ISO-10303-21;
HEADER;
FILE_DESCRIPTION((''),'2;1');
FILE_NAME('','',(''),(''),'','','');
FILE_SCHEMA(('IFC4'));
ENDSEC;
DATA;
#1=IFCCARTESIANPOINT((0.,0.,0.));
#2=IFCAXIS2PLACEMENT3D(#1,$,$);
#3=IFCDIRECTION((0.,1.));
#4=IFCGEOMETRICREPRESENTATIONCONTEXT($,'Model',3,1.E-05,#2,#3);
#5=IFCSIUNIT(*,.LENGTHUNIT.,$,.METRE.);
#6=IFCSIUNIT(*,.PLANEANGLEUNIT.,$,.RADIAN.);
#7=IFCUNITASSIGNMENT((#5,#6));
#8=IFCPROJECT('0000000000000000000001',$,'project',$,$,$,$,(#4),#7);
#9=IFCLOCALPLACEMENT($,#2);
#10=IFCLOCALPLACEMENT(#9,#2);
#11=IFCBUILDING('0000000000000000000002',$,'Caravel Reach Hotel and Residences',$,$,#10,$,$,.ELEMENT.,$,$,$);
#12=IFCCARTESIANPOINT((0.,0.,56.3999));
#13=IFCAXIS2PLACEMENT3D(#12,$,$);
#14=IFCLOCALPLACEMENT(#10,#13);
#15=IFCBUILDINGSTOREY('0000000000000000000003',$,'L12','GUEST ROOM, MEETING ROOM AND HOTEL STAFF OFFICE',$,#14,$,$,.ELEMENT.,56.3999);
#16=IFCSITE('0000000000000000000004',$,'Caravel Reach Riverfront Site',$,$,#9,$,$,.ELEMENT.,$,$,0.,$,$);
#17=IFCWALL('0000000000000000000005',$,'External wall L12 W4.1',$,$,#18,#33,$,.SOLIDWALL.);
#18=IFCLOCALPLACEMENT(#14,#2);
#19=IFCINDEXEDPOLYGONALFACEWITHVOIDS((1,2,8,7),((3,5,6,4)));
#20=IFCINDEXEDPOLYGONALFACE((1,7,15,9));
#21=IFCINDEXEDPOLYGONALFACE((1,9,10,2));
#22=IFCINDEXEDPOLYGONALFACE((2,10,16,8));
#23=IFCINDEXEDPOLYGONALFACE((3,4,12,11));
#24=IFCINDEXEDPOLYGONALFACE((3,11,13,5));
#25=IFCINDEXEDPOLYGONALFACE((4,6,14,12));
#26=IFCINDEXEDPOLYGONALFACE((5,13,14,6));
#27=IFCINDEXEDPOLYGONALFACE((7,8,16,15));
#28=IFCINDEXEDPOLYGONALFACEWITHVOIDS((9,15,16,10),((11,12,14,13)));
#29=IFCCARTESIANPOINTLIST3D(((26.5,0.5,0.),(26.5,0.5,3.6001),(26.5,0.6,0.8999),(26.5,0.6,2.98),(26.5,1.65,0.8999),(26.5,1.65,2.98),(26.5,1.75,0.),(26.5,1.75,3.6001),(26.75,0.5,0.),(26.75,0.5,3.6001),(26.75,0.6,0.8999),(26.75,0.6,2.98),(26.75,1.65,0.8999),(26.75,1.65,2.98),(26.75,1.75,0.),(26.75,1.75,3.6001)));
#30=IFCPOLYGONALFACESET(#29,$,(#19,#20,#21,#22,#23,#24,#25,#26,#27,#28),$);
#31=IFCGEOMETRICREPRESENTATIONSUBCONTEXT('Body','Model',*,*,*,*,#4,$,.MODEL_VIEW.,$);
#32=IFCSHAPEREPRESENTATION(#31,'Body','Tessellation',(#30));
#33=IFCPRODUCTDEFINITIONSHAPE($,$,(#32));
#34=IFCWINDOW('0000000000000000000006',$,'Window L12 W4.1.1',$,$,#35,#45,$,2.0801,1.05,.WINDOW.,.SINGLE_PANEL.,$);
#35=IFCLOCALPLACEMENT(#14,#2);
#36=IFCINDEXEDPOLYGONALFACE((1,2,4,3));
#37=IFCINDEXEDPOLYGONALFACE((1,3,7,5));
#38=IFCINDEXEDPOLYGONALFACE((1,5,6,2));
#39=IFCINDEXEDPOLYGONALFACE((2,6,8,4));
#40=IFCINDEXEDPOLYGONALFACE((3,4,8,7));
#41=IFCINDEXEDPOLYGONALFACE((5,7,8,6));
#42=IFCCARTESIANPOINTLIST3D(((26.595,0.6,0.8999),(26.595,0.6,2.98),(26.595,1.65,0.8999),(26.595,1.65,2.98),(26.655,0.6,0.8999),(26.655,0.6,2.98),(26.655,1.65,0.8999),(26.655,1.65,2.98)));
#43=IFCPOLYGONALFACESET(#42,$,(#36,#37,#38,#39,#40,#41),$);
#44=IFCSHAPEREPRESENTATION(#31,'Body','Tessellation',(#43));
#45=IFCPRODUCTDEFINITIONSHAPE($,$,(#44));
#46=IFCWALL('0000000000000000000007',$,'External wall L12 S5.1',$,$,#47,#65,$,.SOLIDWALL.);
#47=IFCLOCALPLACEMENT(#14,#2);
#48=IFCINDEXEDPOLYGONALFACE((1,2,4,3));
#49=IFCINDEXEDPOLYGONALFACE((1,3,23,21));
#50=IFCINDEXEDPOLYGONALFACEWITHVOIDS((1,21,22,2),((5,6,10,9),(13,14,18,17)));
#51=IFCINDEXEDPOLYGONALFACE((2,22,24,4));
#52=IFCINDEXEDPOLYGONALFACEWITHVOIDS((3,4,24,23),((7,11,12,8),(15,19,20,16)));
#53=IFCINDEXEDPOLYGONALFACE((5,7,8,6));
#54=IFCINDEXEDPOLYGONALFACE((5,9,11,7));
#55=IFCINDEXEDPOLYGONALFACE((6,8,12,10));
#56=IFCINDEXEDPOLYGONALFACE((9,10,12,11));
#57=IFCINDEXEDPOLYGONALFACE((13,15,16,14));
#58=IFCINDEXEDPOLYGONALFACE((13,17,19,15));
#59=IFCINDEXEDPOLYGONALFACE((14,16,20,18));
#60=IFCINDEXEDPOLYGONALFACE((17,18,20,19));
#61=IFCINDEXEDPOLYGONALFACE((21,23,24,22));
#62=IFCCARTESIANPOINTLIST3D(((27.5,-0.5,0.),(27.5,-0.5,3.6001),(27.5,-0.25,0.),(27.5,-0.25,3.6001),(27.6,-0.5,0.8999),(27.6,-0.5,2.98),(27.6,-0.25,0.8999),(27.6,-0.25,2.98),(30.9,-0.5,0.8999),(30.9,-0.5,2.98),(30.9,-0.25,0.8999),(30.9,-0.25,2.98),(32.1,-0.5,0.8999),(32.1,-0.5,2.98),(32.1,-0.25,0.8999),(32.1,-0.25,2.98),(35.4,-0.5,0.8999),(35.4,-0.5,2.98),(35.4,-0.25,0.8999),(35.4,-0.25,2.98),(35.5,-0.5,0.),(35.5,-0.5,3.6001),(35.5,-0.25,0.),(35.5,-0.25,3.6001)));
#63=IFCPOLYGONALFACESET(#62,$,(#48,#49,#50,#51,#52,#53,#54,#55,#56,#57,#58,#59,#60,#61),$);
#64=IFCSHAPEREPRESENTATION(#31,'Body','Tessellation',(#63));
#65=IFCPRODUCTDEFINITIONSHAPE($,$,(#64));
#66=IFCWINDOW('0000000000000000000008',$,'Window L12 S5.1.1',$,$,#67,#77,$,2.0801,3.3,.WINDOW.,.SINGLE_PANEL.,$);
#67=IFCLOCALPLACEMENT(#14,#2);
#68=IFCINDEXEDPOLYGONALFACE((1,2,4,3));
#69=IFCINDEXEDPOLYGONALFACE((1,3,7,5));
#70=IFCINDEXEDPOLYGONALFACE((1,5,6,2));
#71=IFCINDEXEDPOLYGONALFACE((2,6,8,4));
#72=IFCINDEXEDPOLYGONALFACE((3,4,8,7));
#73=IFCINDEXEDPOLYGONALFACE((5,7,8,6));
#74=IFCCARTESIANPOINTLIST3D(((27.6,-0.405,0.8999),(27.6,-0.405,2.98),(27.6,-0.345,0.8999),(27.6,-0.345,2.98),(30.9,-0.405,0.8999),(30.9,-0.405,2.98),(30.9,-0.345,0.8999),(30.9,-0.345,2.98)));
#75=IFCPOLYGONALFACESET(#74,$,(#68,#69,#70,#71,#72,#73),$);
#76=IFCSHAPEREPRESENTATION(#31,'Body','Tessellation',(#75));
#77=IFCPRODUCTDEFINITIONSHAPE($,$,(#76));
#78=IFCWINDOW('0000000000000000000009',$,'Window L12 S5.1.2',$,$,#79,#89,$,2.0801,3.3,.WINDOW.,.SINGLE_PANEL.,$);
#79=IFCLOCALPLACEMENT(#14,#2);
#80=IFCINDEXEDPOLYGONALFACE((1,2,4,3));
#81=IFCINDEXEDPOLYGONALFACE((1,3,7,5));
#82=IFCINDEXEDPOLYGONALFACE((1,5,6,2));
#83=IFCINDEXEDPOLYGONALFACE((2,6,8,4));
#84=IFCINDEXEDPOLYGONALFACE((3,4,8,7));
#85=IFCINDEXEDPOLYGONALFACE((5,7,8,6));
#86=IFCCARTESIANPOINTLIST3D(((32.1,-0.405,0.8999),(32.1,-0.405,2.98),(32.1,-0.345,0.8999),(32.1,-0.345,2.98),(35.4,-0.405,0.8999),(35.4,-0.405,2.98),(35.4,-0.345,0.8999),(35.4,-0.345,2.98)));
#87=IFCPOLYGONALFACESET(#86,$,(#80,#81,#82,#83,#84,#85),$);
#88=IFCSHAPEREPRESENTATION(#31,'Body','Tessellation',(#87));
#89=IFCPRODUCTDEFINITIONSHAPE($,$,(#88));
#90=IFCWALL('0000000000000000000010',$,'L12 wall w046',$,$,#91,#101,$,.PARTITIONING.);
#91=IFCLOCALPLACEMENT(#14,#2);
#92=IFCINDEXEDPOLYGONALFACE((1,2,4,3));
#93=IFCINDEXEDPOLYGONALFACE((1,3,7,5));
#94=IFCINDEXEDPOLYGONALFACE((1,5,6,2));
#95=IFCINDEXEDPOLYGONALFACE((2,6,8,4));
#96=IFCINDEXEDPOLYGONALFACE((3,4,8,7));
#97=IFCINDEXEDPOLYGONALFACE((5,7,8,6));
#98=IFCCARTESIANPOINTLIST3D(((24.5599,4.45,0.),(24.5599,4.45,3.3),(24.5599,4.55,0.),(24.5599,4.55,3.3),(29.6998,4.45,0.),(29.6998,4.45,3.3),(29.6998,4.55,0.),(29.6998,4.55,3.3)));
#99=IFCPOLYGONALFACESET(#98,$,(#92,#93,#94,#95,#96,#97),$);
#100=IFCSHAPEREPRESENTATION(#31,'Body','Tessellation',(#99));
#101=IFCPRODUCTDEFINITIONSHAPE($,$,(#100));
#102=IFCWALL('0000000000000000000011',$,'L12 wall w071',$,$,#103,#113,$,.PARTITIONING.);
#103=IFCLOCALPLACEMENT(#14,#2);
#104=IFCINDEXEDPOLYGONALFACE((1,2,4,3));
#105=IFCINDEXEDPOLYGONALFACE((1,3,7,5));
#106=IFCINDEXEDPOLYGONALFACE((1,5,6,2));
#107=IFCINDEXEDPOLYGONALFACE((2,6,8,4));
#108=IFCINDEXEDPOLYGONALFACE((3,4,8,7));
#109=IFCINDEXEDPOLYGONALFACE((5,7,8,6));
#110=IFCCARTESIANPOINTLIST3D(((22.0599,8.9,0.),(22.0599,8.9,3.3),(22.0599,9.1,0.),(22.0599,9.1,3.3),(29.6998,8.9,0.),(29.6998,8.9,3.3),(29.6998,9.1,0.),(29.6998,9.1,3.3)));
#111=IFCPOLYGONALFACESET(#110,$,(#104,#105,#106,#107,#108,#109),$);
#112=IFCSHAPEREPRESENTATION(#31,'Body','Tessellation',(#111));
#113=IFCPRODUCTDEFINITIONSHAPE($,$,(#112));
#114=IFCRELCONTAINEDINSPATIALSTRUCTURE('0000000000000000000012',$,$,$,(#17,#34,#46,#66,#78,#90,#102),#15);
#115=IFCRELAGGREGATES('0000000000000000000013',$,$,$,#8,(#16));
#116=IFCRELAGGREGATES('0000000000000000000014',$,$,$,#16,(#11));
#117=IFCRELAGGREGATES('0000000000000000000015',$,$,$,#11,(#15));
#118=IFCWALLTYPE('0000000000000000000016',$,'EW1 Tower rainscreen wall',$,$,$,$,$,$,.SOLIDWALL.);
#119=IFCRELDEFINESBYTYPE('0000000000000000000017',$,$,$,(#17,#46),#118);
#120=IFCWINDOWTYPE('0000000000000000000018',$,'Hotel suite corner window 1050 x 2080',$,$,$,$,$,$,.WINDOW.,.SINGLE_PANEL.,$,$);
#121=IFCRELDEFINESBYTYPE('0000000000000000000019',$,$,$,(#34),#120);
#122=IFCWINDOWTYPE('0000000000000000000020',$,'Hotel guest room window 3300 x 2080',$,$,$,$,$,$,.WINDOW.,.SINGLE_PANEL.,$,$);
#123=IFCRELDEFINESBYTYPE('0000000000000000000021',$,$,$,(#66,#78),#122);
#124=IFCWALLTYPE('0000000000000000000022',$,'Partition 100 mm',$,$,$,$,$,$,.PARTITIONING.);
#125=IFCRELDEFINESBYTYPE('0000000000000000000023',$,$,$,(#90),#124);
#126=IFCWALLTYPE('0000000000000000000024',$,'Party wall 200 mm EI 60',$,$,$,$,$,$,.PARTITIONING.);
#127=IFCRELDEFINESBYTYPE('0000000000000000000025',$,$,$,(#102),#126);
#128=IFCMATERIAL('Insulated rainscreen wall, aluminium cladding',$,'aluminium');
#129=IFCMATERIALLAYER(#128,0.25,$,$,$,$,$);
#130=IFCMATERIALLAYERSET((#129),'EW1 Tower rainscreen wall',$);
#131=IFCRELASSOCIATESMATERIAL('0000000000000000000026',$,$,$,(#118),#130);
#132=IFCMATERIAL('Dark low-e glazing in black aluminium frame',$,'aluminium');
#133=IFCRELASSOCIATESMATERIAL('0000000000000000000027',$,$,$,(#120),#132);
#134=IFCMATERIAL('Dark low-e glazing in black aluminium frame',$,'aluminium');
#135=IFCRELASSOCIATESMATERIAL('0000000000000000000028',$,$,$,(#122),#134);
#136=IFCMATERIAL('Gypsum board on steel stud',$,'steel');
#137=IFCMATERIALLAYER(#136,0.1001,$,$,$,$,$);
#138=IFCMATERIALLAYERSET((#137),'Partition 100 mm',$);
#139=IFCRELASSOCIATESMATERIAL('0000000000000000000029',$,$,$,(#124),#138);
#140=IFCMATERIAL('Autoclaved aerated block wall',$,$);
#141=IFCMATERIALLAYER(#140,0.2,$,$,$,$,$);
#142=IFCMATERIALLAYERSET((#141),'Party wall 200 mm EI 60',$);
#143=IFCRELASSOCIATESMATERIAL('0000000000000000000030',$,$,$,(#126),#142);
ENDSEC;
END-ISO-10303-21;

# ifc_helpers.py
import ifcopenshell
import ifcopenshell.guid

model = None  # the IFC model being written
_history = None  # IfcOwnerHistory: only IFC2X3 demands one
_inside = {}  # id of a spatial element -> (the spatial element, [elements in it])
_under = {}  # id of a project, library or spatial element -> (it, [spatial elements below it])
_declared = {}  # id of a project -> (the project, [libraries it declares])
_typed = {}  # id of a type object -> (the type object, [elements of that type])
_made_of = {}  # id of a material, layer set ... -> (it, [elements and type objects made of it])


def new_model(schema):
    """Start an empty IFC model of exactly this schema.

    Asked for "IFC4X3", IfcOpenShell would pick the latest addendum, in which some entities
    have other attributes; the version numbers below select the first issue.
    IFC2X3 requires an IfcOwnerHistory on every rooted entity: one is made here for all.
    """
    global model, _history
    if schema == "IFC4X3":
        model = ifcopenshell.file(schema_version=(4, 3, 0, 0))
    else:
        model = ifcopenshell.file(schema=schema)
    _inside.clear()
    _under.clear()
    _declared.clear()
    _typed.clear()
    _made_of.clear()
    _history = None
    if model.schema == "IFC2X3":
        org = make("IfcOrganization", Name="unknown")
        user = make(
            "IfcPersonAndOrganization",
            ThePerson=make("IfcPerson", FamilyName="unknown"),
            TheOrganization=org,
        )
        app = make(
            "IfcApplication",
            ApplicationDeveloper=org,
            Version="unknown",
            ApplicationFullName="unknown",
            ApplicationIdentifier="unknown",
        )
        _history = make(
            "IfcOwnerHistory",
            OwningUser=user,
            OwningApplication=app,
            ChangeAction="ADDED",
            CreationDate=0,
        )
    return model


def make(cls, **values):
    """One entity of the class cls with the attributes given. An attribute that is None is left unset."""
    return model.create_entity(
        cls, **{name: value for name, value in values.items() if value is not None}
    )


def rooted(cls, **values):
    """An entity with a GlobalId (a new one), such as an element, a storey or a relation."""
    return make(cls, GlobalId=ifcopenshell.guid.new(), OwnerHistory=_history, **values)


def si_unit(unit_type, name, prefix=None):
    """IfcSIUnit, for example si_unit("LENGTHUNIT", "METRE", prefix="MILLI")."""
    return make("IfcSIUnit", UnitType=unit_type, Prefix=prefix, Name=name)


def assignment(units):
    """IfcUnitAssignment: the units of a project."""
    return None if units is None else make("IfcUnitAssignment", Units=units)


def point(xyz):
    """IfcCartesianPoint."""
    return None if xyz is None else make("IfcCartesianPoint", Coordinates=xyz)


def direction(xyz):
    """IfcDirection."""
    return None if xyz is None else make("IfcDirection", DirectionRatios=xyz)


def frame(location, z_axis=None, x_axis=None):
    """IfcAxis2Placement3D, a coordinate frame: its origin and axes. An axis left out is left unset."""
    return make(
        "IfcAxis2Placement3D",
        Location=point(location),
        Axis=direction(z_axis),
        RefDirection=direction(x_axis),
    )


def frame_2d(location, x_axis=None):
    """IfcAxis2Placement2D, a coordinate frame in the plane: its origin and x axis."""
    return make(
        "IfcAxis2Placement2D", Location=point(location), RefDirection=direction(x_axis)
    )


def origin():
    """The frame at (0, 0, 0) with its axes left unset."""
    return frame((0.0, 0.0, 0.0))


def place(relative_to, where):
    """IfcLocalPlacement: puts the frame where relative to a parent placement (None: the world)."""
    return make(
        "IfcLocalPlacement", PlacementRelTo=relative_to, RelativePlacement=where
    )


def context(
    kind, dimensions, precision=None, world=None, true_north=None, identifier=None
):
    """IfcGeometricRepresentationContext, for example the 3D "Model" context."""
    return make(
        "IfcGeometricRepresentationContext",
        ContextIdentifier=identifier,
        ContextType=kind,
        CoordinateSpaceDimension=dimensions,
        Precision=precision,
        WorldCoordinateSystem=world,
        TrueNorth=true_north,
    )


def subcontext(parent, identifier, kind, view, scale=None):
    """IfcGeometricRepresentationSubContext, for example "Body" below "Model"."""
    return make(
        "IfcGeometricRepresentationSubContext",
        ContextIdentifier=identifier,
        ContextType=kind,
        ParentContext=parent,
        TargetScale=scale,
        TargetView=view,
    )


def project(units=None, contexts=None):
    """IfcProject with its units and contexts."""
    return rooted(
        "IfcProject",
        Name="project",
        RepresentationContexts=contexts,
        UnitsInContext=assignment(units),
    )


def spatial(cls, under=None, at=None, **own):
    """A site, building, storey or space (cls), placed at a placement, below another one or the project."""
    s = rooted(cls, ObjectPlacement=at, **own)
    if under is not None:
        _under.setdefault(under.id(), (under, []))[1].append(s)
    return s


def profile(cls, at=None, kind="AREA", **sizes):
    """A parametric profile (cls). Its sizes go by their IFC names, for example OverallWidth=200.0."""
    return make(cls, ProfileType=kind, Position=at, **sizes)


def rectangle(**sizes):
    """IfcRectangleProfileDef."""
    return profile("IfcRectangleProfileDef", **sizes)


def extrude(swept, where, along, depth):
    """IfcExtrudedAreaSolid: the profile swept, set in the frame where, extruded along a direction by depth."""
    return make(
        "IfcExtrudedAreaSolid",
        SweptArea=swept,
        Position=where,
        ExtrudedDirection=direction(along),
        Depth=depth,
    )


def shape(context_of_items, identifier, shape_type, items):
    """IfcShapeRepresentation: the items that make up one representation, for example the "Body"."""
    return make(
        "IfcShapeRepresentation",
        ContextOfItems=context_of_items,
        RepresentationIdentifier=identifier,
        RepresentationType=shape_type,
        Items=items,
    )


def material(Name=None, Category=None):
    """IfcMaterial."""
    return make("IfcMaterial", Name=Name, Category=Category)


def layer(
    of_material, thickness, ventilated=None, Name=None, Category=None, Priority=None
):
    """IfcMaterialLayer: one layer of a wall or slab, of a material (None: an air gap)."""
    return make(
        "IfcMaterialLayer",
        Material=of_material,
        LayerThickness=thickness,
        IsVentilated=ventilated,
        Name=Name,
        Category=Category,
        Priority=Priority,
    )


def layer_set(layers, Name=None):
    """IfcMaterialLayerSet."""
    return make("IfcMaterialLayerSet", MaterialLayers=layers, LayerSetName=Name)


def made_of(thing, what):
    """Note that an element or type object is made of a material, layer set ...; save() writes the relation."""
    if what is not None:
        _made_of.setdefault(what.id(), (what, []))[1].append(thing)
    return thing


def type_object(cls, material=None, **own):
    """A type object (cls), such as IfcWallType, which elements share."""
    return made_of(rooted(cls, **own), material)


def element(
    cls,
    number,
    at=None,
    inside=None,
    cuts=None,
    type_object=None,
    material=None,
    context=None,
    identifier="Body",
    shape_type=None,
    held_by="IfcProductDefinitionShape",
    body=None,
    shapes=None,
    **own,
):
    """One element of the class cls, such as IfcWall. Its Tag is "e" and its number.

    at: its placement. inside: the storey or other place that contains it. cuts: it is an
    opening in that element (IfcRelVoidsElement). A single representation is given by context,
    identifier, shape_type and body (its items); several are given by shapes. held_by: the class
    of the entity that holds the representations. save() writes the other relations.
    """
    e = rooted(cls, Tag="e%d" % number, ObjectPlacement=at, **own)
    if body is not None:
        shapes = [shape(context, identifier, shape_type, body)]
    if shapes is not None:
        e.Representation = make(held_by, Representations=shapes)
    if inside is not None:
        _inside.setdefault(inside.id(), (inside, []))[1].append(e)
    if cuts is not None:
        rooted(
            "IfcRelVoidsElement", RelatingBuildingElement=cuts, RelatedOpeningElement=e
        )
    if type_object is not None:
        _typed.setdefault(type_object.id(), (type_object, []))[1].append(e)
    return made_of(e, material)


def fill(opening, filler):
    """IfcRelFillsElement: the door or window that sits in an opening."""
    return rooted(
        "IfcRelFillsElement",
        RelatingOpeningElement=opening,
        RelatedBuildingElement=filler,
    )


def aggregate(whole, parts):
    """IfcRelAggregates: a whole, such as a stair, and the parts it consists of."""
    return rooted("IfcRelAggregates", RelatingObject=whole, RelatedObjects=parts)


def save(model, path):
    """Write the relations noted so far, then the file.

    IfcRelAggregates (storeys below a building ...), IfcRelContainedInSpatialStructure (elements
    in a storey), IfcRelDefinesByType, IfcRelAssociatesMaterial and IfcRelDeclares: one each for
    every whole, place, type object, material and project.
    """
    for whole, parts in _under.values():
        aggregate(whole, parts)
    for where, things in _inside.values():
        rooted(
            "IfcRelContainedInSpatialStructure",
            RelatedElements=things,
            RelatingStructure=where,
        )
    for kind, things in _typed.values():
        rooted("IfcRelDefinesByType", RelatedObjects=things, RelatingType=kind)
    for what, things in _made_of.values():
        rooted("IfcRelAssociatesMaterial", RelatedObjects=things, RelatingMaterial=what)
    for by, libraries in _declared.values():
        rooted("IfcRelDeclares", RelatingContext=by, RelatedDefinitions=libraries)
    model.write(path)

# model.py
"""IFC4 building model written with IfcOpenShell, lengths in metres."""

from ifc_helpers import new_model, si_unit, direction, frame, frame_2d, origin, place, context, subcontext, project, spatial, rectangle, extrude, material, layer, layer_set, type_object, element, fill, save


model = new_model("IFC4")

# Units and contexts
model_context = context("Model", 3, precision=1e-05, world=origin(), true_north=direction((0.0, 1.0)))
body_context = subcontext(model_context, "Body", "Model", "MODEL_VIEW")
ifc_project = project(units=[si_unit("LENGTHUNIT", "METRE"), si_unit("PLANEANGLEUNIT", "RADIAN")], contexts=[model_context])

# Site, building, storey
site_placement = place(None, origin())
site = spatial("IfcSite", under=ifc_project, at=site_placement, Name="Caravel Reach Riverfront Site", CompositionType="ELEMENT", RefElevation=0.0)
building_placement = place(site_placement, origin())
building = spatial("IfcBuilding", under=site, at=building_placement, Name="Caravel Reach Hotel and Residences", CompositionType="ELEMENT")
storey_placement = place(building_placement, frame((0.0, 0.0, 56.3999)))
storey = spatial("IfcBuildingStorey", under=building, at=storey_placement, Name="L12", Description="GUEST ROOM, MEETING ROOM AND HOTEL STAFF OFFICE", CompositionType="ELEMENT", Elevation=56.3999)

# Wall, opening, window
ifc_material_1 = material(Name="Insulated rainscreen wall, aluminium cladding", Category="aluminium")
ifc_layer_1 = layer(ifc_material_1, 0.25)
ifc_layer_set_1 = layer_set([ifc_layer_1], Name="EW1 Tower rainscreen wall")
wall_type_1 = type_object("IfcWallType", Name="EW1 Tower rainscreen wall", PredefinedType="SOLIDWALL", material=ifc_layer_set_1)
ifc_material_2 = material(Name="Dark low-e glazing in black aluminium frame", Category="aluminium")
window_type_1 = type_object("IfcWindowType", Name="Hotel suite corner window 1050 x 2080", PartitioningType="SINGLE_PANEL", PredefinedType="WINDOW", material=ifc_material_2)
wall_1_placement = place(storey_placement, frame((26.625, 1.75, 0.0), z_axis=(0.0, 0.0, 1.0), x_axis=(0.0, -1.0, 0.0)))
wall_1 = element("IfcWall", 1, at=wall_1_placement, inside=storey, type_object=wall_type_1, Name="External wall L12 W4.1", PredefinedType="SOLIDWALL", context=body_context, shape_type="SweptSolid", body=[
    extrude(rectangle(XDim=1.25, YDim=0.25, at=frame_2d((0.625, 0.0))), origin(), (0.0, 0.0, 1.0), 3.6001),
])
opening_1_placement = place(wall_1_placement, frame((0.1001, 0.0, 0.8999)))
opening_1 = element("IfcOpeningElement", 2, at=opening_1_placement, cuts=wall_1, PredefinedType="OPENING", context=body_context, shape_type="SweptSolid", body=[
    extrude(rectangle(XDim=1.05, YDim=2.0801, at=frame_2d((0.5249, 1.04))), frame((0.0, 0.135, 0.0), z_axis=(0.0, -1.0, 0.0), x_axis=(1.0, 0.0, 0.0)), (0.0, 0.0, 1.0), 0.27),
])
window_1_placement = place(opening_1_placement, origin())
window_1 = element("IfcWindow", 3, at=window_1_placement, inside=storey, type_object=window_type_1, Name="Window L12 W4.1.1", OverallHeight=2.0801, OverallWidth=1.05, PartitioningType="SINGLE_PANEL", PredefinedType="WINDOW", context=body_context, shape_type="SweptSolid", body=[
    extrude(rectangle(XDim=1.05, YDim=2.0801, at=frame_2d((0.5249, 1.04))), frame((0.0, 0.03, 0.0), z_axis=(0.0, -1.0, 0.0), x_axis=(1.0, 0.0, 0.0)), (0.0, 0.0, 1.0), 0.0601),
])
fill(opening_1, window_1)

# Wall, openings, windows
wall_2_placement = place(storey_placement, frame((27.5, -0.375, 0.0), z_axis=(0.0, 0.0, 1.0), x_axis=(1.0, 0.0, 0.0)))
wall_2 = element("IfcWall", 4, at=wall_2_placement, inside=storey, type_object=wall_type_1, Name="External wall L12 S5.1", PredefinedType="SOLIDWALL", context=body_context, shape_type="SweptSolid", body=[
    extrude(rectangle(XDim=8.0, YDim=0.25, at=frame_2d((4.0, 0.0))), origin(), (0.0, 0.0, 1.0), 3.6001),
])
opening_2_placement = place(wall_2_placement, frame((0.1001, 0.0, 0.8999)))
opening_2 = element("IfcOpeningElement", 5, at=opening_2_placement, cuts=wall_2, PredefinedType="OPENING", context=body_context, shape_type="SweptSolid", body=[
    extrude(rectangle(XDim=3.3, YDim=2.0801, at=frame_2d((1.6499, 1.04))), frame((0.0, 0.135, 0.0), z_axis=(0.0, -1.0, 0.0), x_axis=(1.0, 0.0, 0.0)), (0.0, 0.0, 1.0), 0.27),
])
opening_3_placement = place(wall_2_placement, frame((4.6001, 0.0, 0.8999)))
opening_3 = element("IfcOpeningElement", 6, at=opening_3_placement, cuts=wall_2, PredefinedType="OPENING", context=body_context, shape_type="SweptSolid", body=[
    extrude(rectangle(XDim=3.3, YDim=2.0801, at=frame_2d((1.6499, 1.04))), frame((0.0, 0.135, 0.0), z_axis=(0.0, -1.0, 0.0), x_axis=(1.0, 0.0, 0.0)), (0.0, 0.0, 1.0), 0.27),
])
ifc_material_3 = material(Name="Dark low-e glazing in black aluminium frame", Category="aluminium")
window_type_2 = type_object("IfcWindowType", Name="Hotel guest room window 3300 x 2080", PartitioningType="SINGLE_PANEL", PredefinedType="WINDOW", material=ifc_material_3)
window_2_placement = place(opening_2_placement, origin())
window_2 = element("IfcWindow", 7, at=window_2_placement, inside=storey, type_object=window_type_2, Name="Window L12 S5.1.1", OverallHeight=2.0801, OverallWidth=3.3, PartitioningType="SINGLE_PANEL", PredefinedType="WINDOW", context=body_context, shape_type="SweptSolid", body=[
    extrude(rectangle(XDim=3.3, YDim=2.0801, at=frame_2d((1.6499, 1.04))), frame((0.0, 0.03, 0.0), z_axis=(0.0, -1.0, 0.0), x_axis=(1.0, 0.0, 0.0)), (0.0, 0.0, 1.0), 0.0601),
])
fill(opening_2, window_2)
window_3_placement = place(opening_3_placement, origin())
window_3 = element("IfcWindow", 8, at=window_3_placement, inside=storey, type_object=window_type_2, Name="Window L12 S5.1.2", OverallHeight=2.0801, OverallWidth=3.3, PartitioningType="SINGLE_PANEL", PredefinedType="WINDOW", context=body_context, shape_type="SweptSolid", body=[
    extrude(rectangle(XDim=3.3, YDim=2.0801, at=frame_2d((1.6499, 1.04))), frame((0.0, 0.03, 0.0), z_axis=(0.0, -1.0, 0.0), x_axis=(1.0, 0.0, 0.0)), (0.0, 0.0, 1.0), 0.0601),
])
fill(opening_3, window_3)

# Walls
ifc_material_4 = material(Name="Gypsum board on steel stud", Category="steel")
ifc_layer_2 = layer(ifc_material_4, 0.1001)
ifc_layer_set_2 = layer_set([ifc_layer_2], Name="Partition 100 mm")
wall_type_2 = type_object("IfcWallType", Name="Partition 100 mm", PredefinedType="PARTITIONING", material=ifc_layer_set_2)
wall_3_placement = place(storey_placement, frame((24.5601, 4.5, 0.0), z_axis=(0.0, 0.0, 1.0), x_axis=(1.0, 0.0, 0.0)))
element("IfcWall", 9, at=wall_3_placement, inside=storey, type_object=wall_type_2, Name="L12 wall w046", PredefinedType="PARTITIONING", context=body_context, shape_type="SweptSolid", body=[
    extrude(rectangle(XDim=5.1399, YDim=0.1001, at=frame_2d((2.5698, 0.0))), origin(), (0.0, 0.0, 1.0), 3.3),
])
ifc_material_5 = material(Name="Autoclaved aerated block wall")
ifc_layer_3 = layer(ifc_material_5, 0.2)
ifc_layer_set_3 = layer_set([ifc_layer_3], Name="Party wall 200 mm EI 60")
wall_type_3 = type_object("IfcWallType", Name="Party wall 200 mm EI 60", PredefinedType="PARTITIONING", material=ifc_layer_set_3)
wall_4_placement = place(storey_placement, frame((22.0601, 9.0, 0.0), z_axis=(0.0, 0.0, 1.0), x_axis=(1.0, 0.0, 0.0)))
element("IfcWall", 10, at=wall_4_placement, inside=storey, type_object=wall_type_3, Name="L12 wall w071", PredefinedType="PARTITIONING", context=body_context, shape_type="SweptSolid", body=[
    extrude(rectangle(XDim=7.6399, YDim=0.2, at=frame_2d((3.8198, 0.0))), origin(), (0.0, 0.0, 1.0), 3.3),
])

save(model, "model.ifc")
